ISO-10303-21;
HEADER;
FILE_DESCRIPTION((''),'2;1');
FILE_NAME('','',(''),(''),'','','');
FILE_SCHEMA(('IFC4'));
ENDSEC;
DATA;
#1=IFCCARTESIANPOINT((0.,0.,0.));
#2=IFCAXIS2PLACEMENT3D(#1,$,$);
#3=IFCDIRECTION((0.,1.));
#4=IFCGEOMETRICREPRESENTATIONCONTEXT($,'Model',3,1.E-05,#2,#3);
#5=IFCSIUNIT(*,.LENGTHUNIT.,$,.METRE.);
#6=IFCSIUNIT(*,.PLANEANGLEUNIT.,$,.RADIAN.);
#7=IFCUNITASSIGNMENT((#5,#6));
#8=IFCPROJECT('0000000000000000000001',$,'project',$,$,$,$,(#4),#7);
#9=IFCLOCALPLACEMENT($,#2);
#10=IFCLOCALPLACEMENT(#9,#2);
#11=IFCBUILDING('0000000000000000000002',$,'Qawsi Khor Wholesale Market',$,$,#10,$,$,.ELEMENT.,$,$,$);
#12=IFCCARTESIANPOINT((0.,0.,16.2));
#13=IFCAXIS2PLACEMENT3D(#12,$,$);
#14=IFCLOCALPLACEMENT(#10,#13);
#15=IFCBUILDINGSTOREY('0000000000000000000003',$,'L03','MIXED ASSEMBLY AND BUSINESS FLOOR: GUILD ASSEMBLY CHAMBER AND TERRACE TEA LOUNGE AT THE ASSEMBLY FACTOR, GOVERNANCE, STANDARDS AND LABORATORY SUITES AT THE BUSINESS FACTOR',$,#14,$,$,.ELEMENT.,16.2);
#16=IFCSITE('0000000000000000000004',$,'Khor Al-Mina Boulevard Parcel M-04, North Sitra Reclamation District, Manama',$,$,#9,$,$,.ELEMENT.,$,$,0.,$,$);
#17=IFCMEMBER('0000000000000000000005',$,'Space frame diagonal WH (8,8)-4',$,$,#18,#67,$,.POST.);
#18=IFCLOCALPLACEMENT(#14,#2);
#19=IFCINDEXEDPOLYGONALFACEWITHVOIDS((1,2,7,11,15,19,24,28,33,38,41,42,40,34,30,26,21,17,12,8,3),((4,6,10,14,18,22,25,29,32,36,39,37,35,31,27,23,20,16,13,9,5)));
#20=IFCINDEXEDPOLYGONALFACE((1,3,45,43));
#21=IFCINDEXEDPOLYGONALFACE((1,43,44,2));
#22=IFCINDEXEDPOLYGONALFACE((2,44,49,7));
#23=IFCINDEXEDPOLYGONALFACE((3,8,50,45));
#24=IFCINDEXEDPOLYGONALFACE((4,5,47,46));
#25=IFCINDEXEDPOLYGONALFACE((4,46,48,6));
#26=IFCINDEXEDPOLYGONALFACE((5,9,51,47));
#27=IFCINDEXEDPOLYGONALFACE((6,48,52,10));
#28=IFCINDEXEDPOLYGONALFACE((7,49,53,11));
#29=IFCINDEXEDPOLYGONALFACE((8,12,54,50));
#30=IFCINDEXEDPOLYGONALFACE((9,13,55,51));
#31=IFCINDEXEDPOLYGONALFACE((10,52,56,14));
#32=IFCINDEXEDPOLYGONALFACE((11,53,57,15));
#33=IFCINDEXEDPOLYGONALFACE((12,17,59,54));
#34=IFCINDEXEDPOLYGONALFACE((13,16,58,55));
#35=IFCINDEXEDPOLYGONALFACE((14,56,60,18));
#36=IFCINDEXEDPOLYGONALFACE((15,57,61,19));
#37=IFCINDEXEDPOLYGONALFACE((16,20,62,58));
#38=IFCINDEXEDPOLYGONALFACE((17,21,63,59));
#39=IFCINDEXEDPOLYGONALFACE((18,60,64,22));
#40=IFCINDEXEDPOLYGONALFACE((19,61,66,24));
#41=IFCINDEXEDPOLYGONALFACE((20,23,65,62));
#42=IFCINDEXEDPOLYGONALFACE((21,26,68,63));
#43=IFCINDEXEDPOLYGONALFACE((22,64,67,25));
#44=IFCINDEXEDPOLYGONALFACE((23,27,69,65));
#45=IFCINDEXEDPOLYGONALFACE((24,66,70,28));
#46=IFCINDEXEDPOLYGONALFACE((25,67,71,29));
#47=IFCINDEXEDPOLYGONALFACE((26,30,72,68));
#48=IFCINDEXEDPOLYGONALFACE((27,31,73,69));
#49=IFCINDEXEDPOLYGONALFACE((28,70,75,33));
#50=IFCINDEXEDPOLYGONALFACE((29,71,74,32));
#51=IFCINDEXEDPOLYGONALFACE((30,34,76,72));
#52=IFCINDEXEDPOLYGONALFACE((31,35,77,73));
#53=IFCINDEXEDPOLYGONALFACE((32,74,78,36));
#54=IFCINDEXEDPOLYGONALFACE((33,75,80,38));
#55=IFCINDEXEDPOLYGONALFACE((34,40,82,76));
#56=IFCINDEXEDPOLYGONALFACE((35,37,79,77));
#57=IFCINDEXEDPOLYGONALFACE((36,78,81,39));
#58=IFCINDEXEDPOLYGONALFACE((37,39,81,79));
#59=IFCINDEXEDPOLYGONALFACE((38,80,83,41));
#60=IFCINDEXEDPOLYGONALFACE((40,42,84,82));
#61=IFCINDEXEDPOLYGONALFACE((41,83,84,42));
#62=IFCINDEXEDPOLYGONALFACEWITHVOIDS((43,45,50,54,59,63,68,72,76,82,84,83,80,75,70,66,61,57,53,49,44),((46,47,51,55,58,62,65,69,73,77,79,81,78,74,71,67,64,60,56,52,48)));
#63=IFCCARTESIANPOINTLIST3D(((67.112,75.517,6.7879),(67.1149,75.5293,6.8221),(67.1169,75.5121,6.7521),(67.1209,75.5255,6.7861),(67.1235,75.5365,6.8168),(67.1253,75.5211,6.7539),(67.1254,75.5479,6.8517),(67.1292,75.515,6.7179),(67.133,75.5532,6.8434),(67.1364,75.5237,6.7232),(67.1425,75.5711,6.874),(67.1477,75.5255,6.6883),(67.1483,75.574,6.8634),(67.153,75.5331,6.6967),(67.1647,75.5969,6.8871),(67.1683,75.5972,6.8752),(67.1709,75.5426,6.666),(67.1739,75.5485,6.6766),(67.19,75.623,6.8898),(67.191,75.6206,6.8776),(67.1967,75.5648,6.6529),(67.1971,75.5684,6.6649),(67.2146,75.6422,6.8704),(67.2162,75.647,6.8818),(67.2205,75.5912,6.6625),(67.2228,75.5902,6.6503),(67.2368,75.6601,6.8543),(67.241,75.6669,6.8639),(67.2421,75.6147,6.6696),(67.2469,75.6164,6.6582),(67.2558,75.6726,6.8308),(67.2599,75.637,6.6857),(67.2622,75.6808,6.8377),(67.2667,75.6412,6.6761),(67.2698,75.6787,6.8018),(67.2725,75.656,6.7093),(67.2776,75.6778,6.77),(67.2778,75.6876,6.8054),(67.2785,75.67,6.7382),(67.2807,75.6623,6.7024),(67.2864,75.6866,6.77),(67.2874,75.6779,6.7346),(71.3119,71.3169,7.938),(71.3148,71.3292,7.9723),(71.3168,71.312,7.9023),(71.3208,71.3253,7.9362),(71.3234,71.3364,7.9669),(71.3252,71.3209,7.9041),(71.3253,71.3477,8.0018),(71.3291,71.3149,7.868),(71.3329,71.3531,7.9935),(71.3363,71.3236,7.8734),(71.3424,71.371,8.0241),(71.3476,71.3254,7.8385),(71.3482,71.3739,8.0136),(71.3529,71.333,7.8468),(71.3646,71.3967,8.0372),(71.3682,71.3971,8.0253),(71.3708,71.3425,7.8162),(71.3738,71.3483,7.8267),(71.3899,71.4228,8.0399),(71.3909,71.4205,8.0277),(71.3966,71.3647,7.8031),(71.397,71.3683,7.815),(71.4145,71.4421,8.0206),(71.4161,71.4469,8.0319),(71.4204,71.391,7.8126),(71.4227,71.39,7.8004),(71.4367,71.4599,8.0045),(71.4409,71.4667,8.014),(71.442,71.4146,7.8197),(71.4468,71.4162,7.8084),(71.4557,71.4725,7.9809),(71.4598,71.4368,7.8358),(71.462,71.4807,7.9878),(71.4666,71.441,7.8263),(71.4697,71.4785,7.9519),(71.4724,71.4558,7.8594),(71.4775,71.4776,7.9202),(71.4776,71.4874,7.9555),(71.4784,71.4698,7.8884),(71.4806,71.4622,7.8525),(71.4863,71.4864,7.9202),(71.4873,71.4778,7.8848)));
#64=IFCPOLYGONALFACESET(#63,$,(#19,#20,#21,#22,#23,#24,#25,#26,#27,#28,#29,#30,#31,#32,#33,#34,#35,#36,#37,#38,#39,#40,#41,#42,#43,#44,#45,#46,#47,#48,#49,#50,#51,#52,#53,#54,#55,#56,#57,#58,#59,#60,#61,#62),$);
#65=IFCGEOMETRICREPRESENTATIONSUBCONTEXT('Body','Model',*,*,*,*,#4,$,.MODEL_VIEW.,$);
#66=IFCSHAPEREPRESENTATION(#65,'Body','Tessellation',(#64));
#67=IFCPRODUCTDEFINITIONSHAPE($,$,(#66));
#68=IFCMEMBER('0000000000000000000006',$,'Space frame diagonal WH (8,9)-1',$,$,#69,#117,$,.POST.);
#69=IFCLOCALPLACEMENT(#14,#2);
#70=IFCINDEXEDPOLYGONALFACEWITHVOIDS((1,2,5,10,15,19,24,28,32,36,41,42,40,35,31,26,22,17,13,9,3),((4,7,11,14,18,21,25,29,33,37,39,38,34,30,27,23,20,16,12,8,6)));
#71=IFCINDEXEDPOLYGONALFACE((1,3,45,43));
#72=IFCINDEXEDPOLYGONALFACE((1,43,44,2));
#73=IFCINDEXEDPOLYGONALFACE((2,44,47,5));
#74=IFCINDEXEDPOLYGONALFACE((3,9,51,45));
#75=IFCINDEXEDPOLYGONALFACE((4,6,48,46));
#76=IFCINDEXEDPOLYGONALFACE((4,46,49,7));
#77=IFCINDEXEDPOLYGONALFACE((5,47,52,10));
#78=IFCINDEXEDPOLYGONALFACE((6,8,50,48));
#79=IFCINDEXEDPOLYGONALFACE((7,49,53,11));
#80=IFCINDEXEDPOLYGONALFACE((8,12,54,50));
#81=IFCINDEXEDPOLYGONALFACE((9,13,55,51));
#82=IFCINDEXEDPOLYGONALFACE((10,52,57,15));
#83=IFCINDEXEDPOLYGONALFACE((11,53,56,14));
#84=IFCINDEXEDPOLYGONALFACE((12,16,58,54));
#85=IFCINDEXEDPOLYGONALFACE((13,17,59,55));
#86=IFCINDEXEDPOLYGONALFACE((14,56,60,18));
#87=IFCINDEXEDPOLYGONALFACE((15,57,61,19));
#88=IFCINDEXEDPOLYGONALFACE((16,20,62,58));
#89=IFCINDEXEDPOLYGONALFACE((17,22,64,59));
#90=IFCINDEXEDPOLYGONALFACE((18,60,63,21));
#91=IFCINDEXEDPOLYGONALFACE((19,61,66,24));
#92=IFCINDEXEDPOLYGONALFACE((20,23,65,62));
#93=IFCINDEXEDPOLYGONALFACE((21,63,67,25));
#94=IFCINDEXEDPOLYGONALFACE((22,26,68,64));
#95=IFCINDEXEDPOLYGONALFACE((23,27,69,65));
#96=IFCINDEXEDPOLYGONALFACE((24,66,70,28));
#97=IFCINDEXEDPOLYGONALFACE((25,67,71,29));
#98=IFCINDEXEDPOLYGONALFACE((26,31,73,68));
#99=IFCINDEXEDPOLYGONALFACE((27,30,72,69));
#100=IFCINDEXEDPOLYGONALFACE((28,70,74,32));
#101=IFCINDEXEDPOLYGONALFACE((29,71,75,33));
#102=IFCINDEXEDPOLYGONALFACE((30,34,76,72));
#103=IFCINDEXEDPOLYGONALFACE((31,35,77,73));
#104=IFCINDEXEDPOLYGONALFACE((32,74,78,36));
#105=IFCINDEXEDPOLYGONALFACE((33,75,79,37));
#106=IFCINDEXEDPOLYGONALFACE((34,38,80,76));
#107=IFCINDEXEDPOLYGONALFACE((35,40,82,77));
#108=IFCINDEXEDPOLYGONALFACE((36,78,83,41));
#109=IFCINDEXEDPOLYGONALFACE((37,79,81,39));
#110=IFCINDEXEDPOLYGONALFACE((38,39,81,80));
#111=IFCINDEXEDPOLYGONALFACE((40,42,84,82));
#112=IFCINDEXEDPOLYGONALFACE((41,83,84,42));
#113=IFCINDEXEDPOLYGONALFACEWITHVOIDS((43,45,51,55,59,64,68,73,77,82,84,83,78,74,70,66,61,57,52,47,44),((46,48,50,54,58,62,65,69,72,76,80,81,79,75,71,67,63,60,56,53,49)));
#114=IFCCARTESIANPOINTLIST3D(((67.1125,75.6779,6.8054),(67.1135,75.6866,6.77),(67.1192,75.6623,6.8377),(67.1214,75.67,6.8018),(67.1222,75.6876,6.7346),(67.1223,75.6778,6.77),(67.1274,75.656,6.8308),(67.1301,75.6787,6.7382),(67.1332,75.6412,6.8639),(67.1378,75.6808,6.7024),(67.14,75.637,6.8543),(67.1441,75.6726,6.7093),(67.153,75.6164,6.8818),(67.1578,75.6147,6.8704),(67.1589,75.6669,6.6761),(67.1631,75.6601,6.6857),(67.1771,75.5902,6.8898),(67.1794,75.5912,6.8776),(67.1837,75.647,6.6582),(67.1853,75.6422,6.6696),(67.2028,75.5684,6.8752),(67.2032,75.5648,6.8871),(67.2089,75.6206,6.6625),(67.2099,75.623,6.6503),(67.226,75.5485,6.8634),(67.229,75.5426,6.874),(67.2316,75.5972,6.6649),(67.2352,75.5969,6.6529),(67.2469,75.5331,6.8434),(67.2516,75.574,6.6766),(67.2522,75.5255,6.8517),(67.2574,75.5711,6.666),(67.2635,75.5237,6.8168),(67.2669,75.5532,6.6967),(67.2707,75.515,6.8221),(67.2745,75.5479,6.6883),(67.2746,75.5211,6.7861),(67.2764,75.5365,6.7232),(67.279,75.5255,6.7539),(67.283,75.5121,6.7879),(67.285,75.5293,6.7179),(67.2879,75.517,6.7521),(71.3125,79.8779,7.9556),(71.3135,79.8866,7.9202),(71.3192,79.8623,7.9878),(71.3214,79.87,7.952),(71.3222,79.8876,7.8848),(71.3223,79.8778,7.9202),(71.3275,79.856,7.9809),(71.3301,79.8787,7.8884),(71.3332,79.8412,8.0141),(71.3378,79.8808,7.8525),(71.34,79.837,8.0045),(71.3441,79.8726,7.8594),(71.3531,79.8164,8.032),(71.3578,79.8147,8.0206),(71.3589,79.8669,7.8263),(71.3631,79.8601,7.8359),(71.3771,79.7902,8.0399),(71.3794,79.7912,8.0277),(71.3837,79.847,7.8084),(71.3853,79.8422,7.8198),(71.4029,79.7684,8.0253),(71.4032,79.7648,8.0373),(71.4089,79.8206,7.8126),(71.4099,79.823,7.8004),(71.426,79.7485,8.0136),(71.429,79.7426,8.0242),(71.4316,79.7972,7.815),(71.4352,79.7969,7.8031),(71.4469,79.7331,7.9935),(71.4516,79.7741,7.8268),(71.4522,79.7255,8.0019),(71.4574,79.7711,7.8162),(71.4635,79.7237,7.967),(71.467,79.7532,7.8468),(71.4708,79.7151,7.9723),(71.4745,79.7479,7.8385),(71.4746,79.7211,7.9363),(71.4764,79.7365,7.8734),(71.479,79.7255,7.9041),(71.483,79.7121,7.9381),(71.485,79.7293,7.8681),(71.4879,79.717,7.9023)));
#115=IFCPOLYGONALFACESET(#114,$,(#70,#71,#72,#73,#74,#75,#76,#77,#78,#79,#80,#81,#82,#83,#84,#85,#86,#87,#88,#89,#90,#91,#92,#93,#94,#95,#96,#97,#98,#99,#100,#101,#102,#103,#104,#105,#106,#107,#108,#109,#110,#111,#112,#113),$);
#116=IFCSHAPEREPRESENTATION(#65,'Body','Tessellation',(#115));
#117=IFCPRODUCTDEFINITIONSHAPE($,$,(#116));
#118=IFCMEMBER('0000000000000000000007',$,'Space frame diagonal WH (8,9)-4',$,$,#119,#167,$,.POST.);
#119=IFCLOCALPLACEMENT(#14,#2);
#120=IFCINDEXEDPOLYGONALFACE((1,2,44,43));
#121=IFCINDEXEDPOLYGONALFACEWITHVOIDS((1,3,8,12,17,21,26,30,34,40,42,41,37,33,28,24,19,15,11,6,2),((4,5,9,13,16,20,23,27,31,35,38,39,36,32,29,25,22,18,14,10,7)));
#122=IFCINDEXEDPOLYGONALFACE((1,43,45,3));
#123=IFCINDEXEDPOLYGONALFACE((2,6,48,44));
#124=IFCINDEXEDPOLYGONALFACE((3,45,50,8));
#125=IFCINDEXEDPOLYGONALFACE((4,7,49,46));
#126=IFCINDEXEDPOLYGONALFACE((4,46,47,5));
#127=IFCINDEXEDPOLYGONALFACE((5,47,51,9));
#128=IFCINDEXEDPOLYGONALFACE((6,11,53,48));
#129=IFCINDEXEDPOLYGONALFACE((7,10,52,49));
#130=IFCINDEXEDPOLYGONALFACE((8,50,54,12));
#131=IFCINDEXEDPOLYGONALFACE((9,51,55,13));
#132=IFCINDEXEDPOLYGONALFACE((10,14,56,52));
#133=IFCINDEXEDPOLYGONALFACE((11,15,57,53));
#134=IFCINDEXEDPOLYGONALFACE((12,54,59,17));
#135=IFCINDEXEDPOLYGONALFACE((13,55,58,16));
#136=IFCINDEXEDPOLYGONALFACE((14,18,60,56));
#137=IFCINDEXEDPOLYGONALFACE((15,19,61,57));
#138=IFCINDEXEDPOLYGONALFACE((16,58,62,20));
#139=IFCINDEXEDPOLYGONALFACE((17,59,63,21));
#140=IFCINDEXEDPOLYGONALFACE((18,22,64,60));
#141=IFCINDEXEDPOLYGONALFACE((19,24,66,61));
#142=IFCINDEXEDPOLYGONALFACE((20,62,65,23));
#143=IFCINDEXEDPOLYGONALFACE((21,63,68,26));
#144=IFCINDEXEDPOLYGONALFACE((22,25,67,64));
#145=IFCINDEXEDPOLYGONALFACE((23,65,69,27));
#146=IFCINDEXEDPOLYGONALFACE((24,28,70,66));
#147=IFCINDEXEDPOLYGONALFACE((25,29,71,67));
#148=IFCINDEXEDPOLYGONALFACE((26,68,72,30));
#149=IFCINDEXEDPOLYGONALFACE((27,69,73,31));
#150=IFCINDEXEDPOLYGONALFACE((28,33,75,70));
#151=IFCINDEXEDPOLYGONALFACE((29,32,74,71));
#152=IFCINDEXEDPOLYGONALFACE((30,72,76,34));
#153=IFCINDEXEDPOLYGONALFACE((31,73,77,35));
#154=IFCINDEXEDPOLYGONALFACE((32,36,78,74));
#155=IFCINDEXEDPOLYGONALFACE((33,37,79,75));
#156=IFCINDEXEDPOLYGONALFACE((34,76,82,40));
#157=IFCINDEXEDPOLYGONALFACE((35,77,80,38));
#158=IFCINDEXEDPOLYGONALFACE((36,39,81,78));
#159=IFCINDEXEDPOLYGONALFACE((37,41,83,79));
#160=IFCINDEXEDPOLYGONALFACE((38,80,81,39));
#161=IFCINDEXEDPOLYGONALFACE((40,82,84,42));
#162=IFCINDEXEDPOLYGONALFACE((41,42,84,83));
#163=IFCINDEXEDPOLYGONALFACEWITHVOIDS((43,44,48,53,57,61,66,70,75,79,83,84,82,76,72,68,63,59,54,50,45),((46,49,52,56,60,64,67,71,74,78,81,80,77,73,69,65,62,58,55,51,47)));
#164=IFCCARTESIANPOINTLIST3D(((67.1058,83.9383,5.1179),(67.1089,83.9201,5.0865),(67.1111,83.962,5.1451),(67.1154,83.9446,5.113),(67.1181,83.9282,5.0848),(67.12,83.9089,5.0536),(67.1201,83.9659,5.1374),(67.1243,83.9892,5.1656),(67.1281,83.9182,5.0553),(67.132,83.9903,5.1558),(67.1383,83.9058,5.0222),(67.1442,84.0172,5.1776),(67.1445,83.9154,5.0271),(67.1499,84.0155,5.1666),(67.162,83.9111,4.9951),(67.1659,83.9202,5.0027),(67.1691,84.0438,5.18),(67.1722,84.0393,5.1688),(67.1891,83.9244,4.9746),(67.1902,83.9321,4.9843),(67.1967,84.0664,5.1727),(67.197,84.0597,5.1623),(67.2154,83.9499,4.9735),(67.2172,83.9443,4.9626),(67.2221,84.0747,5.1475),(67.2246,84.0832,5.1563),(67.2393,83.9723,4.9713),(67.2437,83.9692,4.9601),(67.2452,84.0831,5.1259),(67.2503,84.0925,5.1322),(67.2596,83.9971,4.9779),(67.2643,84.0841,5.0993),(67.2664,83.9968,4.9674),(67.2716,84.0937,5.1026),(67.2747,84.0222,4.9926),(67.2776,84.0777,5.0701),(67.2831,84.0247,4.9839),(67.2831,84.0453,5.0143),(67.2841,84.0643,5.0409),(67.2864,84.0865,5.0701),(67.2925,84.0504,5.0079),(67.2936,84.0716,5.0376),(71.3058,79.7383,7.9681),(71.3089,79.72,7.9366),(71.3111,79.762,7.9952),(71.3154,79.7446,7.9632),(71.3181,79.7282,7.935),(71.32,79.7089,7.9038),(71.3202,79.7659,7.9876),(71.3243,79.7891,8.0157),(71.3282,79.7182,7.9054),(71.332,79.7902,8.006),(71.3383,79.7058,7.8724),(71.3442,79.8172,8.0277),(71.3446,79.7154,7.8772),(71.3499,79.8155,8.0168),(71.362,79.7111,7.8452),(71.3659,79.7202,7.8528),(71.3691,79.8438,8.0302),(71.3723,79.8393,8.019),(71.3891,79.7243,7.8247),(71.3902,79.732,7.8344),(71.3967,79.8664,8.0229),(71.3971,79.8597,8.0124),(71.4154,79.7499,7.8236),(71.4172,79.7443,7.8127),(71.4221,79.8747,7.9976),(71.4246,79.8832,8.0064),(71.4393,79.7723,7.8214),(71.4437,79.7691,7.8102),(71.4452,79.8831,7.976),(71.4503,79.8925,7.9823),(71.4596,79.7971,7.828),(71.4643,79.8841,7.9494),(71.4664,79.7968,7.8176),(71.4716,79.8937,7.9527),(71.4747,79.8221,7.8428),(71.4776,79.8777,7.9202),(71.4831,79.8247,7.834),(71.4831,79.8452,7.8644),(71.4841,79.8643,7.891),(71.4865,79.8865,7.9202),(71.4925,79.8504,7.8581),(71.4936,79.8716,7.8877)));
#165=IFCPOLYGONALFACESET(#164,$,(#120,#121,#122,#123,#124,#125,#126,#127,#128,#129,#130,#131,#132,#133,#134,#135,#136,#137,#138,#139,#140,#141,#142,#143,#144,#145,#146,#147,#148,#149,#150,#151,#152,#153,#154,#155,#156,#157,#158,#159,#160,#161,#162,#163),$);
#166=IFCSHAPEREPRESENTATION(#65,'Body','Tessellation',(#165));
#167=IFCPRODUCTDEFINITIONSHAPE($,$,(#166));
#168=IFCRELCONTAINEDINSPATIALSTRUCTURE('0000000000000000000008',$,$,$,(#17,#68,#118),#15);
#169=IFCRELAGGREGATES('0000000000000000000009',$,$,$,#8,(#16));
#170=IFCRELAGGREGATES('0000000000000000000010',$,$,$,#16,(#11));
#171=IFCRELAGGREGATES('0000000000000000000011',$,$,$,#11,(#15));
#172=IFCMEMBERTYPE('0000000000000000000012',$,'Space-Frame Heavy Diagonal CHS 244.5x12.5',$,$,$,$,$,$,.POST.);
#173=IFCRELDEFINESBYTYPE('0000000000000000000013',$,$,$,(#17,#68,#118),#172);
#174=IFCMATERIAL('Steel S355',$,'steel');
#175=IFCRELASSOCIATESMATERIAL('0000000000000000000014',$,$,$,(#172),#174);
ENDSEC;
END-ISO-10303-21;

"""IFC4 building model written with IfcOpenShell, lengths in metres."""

from ifc_helpers import new_model, si_unit, direction, frame, origin, origin_2d, place, context, subcontext, project, spatial, hollow_circle, extrude, material, material_profile, profile_set, type_object, element, save


model = new_model("IFC4")

# Units and contexts
model_context = context("Model", 3, precision=1e-05, world=origin(), true_north=direction((0.0, 1.0)))
body_context = subcontext(model_context, "Body", "Model", "MODEL_VIEW")
ifc_project = project(units=[si_unit("LENGTHUNIT", "METRE"), si_unit("PLANEANGLEUNIT", "RADIAN")], contexts=[model_context])

# Site, building, storey
site_placement = place(None, origin())
site = spatial("IfcSite", under=ifc_project, at=site_placement, Name="Khor Al-Mina Boulevard Parcel M-04, North Sitra Reclamation District, Manama", CompositionType="ELEMENT", RefElevation=0.0)
building_placement = place(site_placement, origin())
building = spatial("IfcBuilding", under=site, at=building_placement, Name="Qawsi Khor Wholesale Market", CompositionType="ELEMENT")
storey_placement = place(building_placement, frame((0.0, 0.0, 16.2)))
storey = spatial("IfcBuildingStorey", under=building, at=storey_placement, Name="L03", Description="MIXED ASSEMBLY AND BUSINESS FLOOR: GUILD ASSEMBLY CHAMBER AND TERRACE TEA LOUNGE AT THE ASSEMBLY FACTOR, GOVERNANCE, STANDARDS AND LABORATORY SUITES AT THE BUSINESS FACTOR", CompositionType="ELEMENT", Elevation=16.2)

# Members
ifc_material_1 = material(Name="Steel S355", Category="steel")
ifc_material_profile_1 = material_profile(ifc_material_1, hollow_circle(Radius=0.1223, WallThickness=0.0125, at=origin_2d()), Name="CHS 244.5x12.5")
ifc_profile_set_1 = profile_set([ifc_material_profile_1], Name="Steel S355")
member_type_1 = type_object("IfcMemberType", Name="Space-Frame Heavy Diagonal CHS 244.5x12.5", PredefinedType="POST", material=ifc_profile_set_1)
for number, where, z_axis, x_axis, name in (
    (1, (67.2, 75.6001, 6.77), (0.694192, -0.694232, 0.190103), (0.707127, 0.707086, 0.0), "Space frame diagonal WH (8,8)-4"),
    (2, (67.2, 75.6001, 6.77), (0.694211, 0.694211, 0.190108), (-0.707107, 0.707107, 0.0), "Space frame diagonal WH (8,9)-1"),
):
    element("IfcMember", number, at=place(storey_placement, frame(where, z_axis=z_axis, x_axis=x_axis)), inside=storey, type_object=member_type_1, Name=name, PredefinedType="POST", context=body_context, shape_type="SweptSolid", body=[
        extrude(hollow_circle(Radius=0.1223, WallThickness=0.0125, at=origin_2d()), origin(), (0.0, 0.0, 1.0), 6.05),
    ])
member_1_placement = place(storey_placement, frame((67.2, 84.0, 5.0701), z_axis=(0.637512, -0.637512, 0.432617), x_axis=(0.707107, 0.707107, 0.0)))
element("IfcMember", 3, at=member_1_placement, inside=storey, type_object=member_type_1, Name="Space frame diagonal WH (8,9)-4", PredefinedType="POST", context=body_context, shape_type="SweptSolid", body=[
    extrude(hollow_circle(Radius=0.1223, WallThickness=0.0125, at=origin_2d()), origin(), (0.0, 0.0, 1.0), 6.5881),
])

save(model, "model.ifc")
